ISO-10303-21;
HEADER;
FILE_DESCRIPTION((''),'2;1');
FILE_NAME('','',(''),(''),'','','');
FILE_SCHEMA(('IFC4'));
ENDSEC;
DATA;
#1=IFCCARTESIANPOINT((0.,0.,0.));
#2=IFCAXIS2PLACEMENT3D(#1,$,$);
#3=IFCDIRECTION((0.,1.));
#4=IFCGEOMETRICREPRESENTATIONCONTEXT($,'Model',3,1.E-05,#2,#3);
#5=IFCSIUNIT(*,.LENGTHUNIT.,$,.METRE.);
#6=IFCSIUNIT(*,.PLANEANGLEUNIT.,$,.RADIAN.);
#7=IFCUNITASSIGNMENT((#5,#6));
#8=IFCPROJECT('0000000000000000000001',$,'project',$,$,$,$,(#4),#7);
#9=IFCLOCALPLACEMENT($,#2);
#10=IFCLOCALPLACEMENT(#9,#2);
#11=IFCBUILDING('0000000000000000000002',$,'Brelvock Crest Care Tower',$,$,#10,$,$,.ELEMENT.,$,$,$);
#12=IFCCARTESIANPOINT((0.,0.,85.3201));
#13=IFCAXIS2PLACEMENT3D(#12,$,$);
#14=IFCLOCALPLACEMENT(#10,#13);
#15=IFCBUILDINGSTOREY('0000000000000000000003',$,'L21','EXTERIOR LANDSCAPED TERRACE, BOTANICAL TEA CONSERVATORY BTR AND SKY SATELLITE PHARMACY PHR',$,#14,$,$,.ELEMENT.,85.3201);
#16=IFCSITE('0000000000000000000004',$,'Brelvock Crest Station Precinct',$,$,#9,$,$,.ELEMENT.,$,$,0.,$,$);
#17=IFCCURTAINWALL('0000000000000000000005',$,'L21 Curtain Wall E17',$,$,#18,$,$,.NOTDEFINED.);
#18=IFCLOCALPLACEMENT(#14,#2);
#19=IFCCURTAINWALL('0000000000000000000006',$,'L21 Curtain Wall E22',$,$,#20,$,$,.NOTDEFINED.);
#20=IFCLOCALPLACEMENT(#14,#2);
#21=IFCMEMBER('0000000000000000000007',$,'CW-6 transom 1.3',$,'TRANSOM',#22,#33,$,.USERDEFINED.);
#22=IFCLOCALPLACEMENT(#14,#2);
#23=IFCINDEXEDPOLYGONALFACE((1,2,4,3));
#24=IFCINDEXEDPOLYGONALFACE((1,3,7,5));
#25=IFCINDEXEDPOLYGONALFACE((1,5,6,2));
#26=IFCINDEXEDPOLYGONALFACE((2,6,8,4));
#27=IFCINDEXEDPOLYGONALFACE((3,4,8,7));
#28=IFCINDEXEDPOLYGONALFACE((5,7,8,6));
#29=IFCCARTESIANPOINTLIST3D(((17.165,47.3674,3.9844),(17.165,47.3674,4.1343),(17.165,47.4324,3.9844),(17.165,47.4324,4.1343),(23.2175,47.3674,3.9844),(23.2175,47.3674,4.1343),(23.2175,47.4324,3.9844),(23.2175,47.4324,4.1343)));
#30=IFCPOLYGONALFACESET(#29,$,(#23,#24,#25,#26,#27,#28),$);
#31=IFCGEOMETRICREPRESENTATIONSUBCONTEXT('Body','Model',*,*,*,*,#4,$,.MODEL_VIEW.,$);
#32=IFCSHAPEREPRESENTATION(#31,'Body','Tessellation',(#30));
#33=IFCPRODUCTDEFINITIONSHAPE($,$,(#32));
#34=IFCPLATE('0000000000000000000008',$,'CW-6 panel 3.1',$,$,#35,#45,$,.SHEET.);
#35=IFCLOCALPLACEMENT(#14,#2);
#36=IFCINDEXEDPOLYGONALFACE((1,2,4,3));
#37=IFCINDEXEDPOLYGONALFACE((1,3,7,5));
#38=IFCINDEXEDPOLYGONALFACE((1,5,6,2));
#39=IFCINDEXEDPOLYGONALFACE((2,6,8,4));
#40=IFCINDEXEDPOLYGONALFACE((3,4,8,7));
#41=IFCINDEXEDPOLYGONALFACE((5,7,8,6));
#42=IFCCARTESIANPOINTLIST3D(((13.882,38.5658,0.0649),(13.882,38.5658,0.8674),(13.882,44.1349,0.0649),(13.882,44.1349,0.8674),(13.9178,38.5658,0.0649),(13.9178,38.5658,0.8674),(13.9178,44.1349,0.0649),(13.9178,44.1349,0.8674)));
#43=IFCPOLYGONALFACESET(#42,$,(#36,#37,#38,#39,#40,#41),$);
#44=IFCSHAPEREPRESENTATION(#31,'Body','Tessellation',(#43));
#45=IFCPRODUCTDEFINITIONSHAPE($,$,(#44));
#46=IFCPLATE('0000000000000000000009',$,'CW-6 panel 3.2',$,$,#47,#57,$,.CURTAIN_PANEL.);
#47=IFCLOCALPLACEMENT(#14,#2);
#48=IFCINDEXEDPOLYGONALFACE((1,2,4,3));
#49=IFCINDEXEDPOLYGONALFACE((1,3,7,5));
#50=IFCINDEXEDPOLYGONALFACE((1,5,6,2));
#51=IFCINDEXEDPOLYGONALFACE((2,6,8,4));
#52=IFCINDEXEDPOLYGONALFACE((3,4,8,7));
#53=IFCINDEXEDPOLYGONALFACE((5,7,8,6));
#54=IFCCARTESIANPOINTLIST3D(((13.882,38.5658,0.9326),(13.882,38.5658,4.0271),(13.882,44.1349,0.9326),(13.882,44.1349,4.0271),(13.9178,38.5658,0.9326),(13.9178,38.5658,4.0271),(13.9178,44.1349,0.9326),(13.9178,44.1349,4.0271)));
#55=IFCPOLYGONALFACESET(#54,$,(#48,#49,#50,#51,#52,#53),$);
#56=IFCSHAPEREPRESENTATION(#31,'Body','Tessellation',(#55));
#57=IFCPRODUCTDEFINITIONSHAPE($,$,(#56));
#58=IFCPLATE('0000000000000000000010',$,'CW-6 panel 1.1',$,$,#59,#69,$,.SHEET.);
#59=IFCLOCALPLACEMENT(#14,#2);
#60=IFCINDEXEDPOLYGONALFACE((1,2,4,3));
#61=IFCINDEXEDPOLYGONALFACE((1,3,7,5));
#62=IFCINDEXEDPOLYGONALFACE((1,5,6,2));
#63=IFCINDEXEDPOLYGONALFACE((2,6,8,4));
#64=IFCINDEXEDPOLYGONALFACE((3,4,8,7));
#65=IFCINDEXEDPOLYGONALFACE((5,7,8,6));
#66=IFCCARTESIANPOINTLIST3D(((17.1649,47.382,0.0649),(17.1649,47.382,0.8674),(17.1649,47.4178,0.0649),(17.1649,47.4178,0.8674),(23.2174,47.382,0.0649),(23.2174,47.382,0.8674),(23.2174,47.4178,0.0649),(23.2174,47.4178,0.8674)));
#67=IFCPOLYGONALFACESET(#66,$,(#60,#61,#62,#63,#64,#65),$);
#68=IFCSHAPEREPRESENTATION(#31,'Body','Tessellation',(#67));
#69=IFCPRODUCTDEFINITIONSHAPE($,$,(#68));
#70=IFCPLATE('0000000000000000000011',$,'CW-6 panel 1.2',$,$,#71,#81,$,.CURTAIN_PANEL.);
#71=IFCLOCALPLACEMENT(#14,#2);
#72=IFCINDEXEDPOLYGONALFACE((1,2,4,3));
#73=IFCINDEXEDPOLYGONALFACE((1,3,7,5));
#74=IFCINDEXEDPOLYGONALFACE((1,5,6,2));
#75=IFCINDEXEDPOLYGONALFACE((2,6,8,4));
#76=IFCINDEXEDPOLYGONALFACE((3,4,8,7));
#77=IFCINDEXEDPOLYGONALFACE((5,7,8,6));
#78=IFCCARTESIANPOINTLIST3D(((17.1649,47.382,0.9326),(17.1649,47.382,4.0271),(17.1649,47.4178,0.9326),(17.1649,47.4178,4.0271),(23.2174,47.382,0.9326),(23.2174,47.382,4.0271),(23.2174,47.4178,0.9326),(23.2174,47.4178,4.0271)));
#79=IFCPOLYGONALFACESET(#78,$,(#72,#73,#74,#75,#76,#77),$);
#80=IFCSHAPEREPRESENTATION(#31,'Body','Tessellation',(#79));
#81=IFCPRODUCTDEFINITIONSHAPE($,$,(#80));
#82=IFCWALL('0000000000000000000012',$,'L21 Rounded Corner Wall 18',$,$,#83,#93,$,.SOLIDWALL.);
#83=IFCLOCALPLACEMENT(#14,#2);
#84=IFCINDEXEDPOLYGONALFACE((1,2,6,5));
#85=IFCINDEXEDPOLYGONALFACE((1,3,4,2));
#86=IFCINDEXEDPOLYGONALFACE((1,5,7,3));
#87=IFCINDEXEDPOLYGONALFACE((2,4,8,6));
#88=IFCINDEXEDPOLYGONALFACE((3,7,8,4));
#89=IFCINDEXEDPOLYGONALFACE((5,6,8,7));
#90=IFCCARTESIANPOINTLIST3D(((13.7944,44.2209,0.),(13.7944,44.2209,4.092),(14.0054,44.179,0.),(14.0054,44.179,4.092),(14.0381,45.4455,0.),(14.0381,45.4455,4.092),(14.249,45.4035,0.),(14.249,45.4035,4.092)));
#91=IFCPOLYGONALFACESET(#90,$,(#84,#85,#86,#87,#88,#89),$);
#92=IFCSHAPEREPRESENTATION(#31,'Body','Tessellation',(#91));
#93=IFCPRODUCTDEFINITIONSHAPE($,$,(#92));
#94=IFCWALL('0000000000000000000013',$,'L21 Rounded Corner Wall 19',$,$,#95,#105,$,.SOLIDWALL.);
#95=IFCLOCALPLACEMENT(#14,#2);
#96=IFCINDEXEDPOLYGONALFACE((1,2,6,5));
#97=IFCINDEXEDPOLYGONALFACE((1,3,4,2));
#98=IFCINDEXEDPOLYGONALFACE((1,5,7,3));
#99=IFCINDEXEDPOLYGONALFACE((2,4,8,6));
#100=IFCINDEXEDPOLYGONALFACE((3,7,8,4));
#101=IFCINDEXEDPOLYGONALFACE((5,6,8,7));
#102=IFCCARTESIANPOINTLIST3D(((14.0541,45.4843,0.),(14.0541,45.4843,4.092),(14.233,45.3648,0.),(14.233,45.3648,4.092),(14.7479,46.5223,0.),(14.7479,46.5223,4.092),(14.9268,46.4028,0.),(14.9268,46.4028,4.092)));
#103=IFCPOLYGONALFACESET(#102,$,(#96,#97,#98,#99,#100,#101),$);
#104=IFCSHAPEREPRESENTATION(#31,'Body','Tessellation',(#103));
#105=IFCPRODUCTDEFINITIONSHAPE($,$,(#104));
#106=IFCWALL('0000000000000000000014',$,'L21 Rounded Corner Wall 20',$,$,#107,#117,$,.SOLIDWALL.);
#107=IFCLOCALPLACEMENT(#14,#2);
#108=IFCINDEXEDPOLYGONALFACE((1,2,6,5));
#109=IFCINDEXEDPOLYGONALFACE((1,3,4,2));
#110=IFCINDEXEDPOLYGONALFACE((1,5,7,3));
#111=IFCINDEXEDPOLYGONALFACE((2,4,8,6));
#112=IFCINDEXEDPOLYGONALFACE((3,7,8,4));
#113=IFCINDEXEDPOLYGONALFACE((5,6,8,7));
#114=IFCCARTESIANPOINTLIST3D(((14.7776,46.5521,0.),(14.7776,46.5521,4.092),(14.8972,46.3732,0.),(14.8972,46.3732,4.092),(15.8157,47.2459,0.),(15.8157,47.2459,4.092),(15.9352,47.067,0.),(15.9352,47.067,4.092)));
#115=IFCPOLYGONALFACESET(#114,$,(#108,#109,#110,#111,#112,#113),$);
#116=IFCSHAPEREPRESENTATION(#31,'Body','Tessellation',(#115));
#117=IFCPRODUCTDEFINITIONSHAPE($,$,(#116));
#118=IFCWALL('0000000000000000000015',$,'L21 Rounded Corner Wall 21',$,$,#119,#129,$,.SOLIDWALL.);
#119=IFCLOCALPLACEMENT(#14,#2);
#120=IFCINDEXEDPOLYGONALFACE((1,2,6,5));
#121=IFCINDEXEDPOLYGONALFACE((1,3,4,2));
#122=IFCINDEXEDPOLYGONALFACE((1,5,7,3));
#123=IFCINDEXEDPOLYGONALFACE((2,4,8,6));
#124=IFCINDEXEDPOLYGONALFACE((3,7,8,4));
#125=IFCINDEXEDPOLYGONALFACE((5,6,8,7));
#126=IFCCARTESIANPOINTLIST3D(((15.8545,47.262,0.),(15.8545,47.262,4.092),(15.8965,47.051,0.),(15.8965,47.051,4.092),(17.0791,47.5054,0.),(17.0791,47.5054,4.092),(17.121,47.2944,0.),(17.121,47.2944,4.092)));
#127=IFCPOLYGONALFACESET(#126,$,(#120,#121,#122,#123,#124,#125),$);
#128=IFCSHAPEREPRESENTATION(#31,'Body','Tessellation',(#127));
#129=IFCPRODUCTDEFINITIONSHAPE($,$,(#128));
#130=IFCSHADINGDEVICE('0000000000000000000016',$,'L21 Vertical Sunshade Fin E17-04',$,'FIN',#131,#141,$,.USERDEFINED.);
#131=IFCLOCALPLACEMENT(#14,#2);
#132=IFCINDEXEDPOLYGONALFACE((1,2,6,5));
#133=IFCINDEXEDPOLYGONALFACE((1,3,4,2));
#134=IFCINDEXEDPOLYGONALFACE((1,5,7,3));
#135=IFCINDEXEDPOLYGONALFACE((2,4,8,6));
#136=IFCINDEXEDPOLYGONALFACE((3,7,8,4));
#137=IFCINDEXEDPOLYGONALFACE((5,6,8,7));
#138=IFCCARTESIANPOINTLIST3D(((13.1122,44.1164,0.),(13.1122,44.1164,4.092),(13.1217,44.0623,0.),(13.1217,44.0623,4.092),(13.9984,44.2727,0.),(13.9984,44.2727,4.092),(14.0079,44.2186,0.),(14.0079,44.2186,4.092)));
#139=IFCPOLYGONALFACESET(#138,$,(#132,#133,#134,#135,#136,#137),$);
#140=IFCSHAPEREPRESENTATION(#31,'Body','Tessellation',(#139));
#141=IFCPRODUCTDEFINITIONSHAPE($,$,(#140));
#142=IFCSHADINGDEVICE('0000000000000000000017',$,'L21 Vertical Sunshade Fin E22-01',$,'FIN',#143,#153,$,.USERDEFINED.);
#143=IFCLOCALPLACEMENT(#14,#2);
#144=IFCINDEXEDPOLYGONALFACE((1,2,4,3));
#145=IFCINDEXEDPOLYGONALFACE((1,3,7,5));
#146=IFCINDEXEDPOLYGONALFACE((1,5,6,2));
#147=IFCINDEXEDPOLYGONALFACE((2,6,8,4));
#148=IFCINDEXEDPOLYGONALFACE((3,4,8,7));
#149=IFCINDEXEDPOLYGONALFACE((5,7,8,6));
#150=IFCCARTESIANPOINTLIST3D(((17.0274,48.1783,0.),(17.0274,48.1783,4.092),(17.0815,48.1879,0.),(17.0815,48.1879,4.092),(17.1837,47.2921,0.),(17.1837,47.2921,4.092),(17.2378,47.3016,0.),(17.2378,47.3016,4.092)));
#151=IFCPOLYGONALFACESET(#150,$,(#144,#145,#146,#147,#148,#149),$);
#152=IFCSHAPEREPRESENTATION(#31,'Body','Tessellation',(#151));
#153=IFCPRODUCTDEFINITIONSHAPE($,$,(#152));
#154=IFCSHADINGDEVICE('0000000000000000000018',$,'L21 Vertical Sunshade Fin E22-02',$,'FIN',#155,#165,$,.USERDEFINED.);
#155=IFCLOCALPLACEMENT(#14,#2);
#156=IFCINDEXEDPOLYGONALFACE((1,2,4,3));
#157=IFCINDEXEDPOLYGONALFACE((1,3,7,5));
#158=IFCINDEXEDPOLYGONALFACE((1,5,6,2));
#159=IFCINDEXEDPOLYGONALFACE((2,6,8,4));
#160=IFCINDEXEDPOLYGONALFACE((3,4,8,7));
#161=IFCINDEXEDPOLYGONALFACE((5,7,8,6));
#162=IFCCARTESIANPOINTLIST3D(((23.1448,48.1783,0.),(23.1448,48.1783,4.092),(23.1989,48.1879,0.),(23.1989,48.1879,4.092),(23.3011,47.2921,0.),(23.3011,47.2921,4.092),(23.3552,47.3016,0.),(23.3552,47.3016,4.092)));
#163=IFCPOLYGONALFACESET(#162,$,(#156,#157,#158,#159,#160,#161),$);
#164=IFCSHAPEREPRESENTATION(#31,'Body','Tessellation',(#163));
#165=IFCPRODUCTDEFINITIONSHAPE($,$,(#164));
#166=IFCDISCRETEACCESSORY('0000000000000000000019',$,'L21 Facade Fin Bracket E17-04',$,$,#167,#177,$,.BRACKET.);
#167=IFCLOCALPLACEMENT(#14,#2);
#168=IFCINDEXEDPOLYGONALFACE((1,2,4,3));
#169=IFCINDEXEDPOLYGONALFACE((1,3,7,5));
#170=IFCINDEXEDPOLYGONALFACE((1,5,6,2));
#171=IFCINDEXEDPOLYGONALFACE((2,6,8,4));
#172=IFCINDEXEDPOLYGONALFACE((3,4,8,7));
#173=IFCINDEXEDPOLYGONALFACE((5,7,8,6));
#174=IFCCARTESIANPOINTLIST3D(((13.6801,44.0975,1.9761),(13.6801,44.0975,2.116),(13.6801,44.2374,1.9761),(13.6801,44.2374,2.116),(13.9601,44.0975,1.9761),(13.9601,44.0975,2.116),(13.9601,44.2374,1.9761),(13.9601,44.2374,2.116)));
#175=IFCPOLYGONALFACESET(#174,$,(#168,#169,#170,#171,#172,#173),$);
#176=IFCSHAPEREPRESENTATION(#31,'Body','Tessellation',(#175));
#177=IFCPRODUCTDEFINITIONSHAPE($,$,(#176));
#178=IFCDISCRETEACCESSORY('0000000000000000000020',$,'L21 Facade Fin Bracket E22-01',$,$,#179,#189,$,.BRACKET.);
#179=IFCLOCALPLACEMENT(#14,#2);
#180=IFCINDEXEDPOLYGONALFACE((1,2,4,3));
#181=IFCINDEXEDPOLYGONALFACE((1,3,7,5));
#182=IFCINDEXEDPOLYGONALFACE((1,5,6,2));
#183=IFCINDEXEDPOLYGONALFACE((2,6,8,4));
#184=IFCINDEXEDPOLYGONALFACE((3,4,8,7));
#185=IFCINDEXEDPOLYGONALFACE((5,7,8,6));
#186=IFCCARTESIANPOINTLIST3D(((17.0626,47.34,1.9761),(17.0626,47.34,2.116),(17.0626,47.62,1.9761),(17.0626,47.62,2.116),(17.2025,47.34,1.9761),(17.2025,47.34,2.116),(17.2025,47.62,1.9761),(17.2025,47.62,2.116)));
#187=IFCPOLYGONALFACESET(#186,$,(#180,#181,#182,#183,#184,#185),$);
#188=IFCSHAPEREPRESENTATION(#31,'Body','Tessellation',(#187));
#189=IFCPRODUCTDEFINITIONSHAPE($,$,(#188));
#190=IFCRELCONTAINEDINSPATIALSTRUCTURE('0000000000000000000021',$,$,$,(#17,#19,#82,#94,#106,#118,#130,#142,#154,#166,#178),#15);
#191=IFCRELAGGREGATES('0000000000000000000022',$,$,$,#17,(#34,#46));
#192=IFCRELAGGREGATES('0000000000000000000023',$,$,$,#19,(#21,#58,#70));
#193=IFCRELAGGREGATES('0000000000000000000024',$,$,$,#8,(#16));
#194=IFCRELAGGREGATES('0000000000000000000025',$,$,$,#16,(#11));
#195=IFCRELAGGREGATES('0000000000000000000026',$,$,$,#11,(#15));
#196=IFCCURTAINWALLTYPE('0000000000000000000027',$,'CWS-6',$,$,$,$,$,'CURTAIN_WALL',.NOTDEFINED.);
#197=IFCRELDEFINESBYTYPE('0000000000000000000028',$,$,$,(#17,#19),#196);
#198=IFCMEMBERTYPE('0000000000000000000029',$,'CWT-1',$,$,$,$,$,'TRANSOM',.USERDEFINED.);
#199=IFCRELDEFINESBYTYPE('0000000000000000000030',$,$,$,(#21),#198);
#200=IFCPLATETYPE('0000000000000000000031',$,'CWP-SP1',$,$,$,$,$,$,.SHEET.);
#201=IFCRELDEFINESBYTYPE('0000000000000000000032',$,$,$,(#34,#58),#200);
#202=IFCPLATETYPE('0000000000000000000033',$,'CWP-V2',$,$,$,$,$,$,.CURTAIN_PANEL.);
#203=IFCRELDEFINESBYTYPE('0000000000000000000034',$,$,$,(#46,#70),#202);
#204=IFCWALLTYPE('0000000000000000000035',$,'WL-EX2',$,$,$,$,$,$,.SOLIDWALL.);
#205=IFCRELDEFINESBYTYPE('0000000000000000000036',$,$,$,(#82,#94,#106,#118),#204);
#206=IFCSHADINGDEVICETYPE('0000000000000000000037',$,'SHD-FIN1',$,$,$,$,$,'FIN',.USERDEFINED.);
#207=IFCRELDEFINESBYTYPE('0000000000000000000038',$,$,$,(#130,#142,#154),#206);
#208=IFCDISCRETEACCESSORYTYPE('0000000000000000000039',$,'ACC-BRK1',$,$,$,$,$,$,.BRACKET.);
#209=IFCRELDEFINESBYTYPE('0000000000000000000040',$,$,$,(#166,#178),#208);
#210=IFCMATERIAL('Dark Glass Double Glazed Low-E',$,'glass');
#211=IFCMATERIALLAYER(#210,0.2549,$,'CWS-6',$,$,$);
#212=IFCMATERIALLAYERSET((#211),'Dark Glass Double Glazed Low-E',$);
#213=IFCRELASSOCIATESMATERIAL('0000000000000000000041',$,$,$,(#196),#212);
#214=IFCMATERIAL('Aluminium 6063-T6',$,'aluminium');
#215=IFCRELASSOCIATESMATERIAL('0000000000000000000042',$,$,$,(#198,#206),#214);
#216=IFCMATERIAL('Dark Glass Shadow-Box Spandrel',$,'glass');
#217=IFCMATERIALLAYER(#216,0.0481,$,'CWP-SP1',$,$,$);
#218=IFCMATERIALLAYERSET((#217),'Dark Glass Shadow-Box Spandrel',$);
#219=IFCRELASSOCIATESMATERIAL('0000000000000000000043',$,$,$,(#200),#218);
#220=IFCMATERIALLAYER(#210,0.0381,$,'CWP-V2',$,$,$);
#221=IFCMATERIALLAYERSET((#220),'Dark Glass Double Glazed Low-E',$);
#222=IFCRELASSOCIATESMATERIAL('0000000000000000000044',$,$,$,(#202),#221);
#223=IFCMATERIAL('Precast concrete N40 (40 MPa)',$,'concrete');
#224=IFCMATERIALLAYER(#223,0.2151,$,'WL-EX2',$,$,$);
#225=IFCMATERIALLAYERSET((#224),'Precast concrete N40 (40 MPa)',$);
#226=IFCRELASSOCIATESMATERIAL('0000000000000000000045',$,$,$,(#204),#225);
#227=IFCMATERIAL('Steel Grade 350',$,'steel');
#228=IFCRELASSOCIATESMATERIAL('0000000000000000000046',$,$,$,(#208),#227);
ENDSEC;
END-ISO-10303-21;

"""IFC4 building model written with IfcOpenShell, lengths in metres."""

from ifc_helpers import new_model, si_unit, direction, frame, frame_2d, origin, origin_2d, place, context, subcontext, project, spatial, rectangle, extrude, source, transform, mapped, material, layer, layer_set, material_profile, profile_set, type_object, element, aggregate, save


model = new_model("IFC4")

# Units and contexts
model_context = context("Model", 3, precision=1e-05, world=origin(), true_north=direction((0.0, 1.0)))
body_context = subcontext(model_context, "Body", "Model", "MODEL_VIEW")
ifc_project = project(units=[si_unit("LENGTHUNIT", "METRE"), si_unit("PLANEANGLEUNIT", "RADIAN")], contexts=[model_context])

# Site, building, storey
site_placement = place(None, origin())
site = spatial("IfcSite", under=ifc_project, at=site_placement, Name="Brelvock Crest Station Precinct", CompositionType="ELEMENT", RefElevation=0.0)
building_placement = place(site_placement, origin())
building = spatial("IfcBuilding", under=site, at=building_placement, Name="Brelvock Crest Care Tower", CompositionType="ELEMENT")
storey_placement = place(building_placement, frame((0.0, 0.0, 85.3201)))
storey = spatial("IfcBuildingStorey", under=building, at=storey_placement, Name="L21", Description="EXTERIOR LANDSCAPED TERRACE, BOTANICAL TEA CONSERVATORY BTR AND SKY SATELLITE PHARMACY PHR", CompositionType="ELEMENT", Elevation=85.3201)

# Shared definitions
ifc_material_1 = material(Name="Steel Grade 350", Category="steel")

# Curtain walls
ifc_material_2 = material(Name="Dark Glass Double Glazed Low-E", Category="glass")
ifc_layer_1 = layer(ifc_material_2, 0.2549, Name="CWS-6")
ifc_layer_set_1 = layer_set([ifc_layer_1], Name="Dark Glass Double Glazed Low-E")
curtain_wall_type = type_object("IfcCurtainWallType", Name="CWS-6", ElementType="CURTAIN_WALL", PredefinedType="NOTDEFINED", material=ifc_layer_set_1)
curtain_wall_1_placement = place(storey_placement, origin())
curtain_wall_1 = element("IfcCurtainWall", 1, at=curtain_wall_1_placement, inside=storey, type_object=curtain_wall_type, Name="L21 Curtain Wall E17", PredefinedType="NOTDEFINED")
ifc_material_3 = material(Name="Aluminium 6063-T6", Category="aluminium")
curtain_wall_2_placement = place(storey_placement, origin())
curtain_wall_2 = element("IfcCurtainWall", 2, at=curtain_wall_2_placement, inside=storey, type_object=curtain_wall_type, Name="L21 Curtain Wall E22", PredefinedType="NOTDEFINED")

# Member
ifc_material_profile_1 = material_profile(ifc_material_3, rectangle(XDim=0.0649, YDim=0.1499, at=origin_2d()), Name="ALU65x150")
ifc_profile_set_1 = profile_set([ifc_material_profile_1], Name="Aluminium 6063-T6")
member_type_1 = type_object("IfcMemberType", Name="CWT-1", ElementType="TRANSOM", PredefinedType="USERDEFINED", material=ifc_profile_set_1)
shared_shape_1 = source(origin(), body_context, "Body", "SweptSolid", [
    extrude(rectangle(XDim=0.0649, YDim=0.1499, at=origin_2d()), origin(), (0.0, 0.0, 1.0), 6.0525),
])
member_1_placement = place(storey_placement, frame((17.165, 47.3999, 4.0593), z_axis=(1.0, 0.0, 0.0), x_axis=(0.0, 1.0, 0.0)))
member_1 = element("IfcMember", 3, at=member_1_placement, type_object=member_type_1, Name="CW-6 transom 1.3", ObjectType="TRANSOM", PredefinedType="USERDEFINED", context=body_context, shape_type="MappedRepresentation", body=[
    mapped(shared_shape_1, transform((0.0, 0.0, 0.0), x_axis=(1.0, 0.0, 0.0), y_axis=(0.0, 1.0, 0.0), z_axis=(0.0, 0.0, 1.0), scale=1.0)),
])

# Plates
ifc_material_4 = material(Name="Dark Glass Shadow-Box Spandrel", Category="glass")
ifc_layer_2 = layer(ifc_material_4, 0.0481, Name="CWP-SP1")
ifc_layer_set_2 = layer_set([ifc_layer_2], Name="Dark Glass Shadow-Box Spandrel")
plate_type_1 = type_object("IfcPlateType", Name="CWP-SP1", PredefinedType="SHEET", material=ifc_layer_set_2)
shared_shape_2 = source(origin(), body_context, "Body", "SweptSolid", [
    extrude(rectangle(XDim=5.5691, YDim=0.0359, at=origin_2d()), origin(), (0.0, 0.0, 1.0), 0.8025),
])
plate_1_placement = place(storey_placement, frame((13.8999, 41.3503, 0.0649), z_axis=(0.0, 0.0, 1.0), x_axis=(0.0, 1.0, 0.0)))
plate_1 = element("IfcPlate", 4, at=plate_1_placement, type_object=plate_type_1, Name="CW-6 panel 3.1", PredefinedType="SHEET", context=body_context, shape_type="MappedRepresentation", body=[
    mapped(shared_shape_2, transform((0.0, 0.0, 0.0), x_axis=(1.0, 0.0, 0.0), y_axis=(0.0, 1.0, 0.0), z_axis=(0.0, 0.0, 1.0), scale=1.0)),
])
ifc_layer_3 = layer(ifc_material_2, 0.0381, Name="CWP-V2")
ifc_layer_set_3 = layer_set([ifc_layer_3], Name="Dark Glass Double Glazed Low-E")
plate_type_2 = type_object("IfcPlateType", Name="CWP-V2", PredefinedType="CURTAIN_PANEL", material=ifc_layer_set_3)
shared_shape_3 = source(origin(), body_context, "Body", "SweptSolid", [
    extrude(rectangle(XDim=5.5691, YDim=0.0359, at=origin_2d()), origin(), (0.0, 0.0, 1.0), 3.0945),
])
plate_2_placement = place(storey_placement, frame((13.8999, 41.3503, 0.9326), z_axis=(0.0, 0.0, 1.0), x_axis=(0.0, 1.0, 0.0)))
plate_2 = element("IfcPlate", 5, at=plate_2_placement, type_object=plate_type_2, Name="CW-6 panel 3.2", PredefinedType="CURTAIN_PANEL", context=body_context, shape_type="MappedRepresentation", body=[
    mapped(shared_shape_3, transform((0.0, 0.0, 0.0), x_axis=(1.0, 0.0, 0.0), y_axis=(0.0, 1.0, 0.0), z_axis=(0.0, 0.0, 1.0), scale=1.0)),
])
aggregate(curtain_wall_1, [plate_1, plate_2])
shared_shape_4 = source(origin(), body_context, "Body", "SweptSolid", [
    extrude(rectangle(XDim=6.0525, YDim=0.0359, at=origin_2d()), origin(), (0.0, 0.0, 1.0), 0.8025),
])
plate_3_placement = place(storey_placement, frame((20.1912, 47.3999, 0.0649), z_axis=(0.0, 0.0, 1.0), x_axis=(1.0, 0.0, 0.0)))
plate_3 = element("IfcPlate", 6, at=plate_3_placement, type_object=plate_type_1, Name="CW-6 panel 1.1", PredefinedType="SHEET", context=body_context, shape_type="MappedRepresentation", body=[
    mapped(shared_shape_4, transform((0.0, 0.0, 0.0), x_axis=(1.0, 0.0, 0.0), y_axis=(0.0, 1.0, 0.0), z_axis=(0.0, 0.0, 1.0), scale=1.0)),
])
shared_shape_5 = source(origin(), body_context, "Body", "SweptSolid", [
    extrude(rectangle(XDim=6.0525, YDim=0.0359, at=origin_2d()), origin(), (0.0, 0.0, 1.0), 3.0945),
])
plate_4_placement = place(storey_placement, frame((20.1912, 47.3999, 0.9326), z_axis=(0.0, 0.0, 1.0), x_axis=(1.0, 0.0, 0.0)))
plate_4 = element("IfcPlate", 7, at=plate_4_placement, type_object=plate_type_2, Name="CW-6 panel 1.2", PredefinedType="CURTAIN_PANEL", context=body_context, shape_type="MappedRepresentation", body=[
    mapped(shared_shape_5, transform((0.0, 0.0, 0.0), x_axis=(1.0, 0.0, 0.0), y_axis=(0.0, 1.0, 0.0), z_axis=(0.0, 0.0, 1.0), scale=1.0)),
])
aggregate(curtain_wall_2, [member_1, plate_3, plate_4])

# Walls
ifc_material_5 = material(Name="Precast concrete N40 (40 MPa)", Category="concrete")
ifc_layer_4 = layer(ifc_material_5, 0.2151, Name="WL-EX2")
ifc_layer_set_4 = layer_set([ifc_layer_4], Name="Precast concrete N40 (40 MPa)")
wall_type = type_object("IfcWallType", Name="WL-EX2", PredefinedType="SOLIDWALL", material=ifc_layer_set_4)
for number, where, z_axis, x_axis, name in (
    (8, (13.8999, 44.2, 0.0), (0.0, 0.0, 1.0), (0.195138, 0.980776, 0.0), "L21 Rounded Corner Wall 18"),
    (9, (14.1436, 45.4246, 0.0), (0.0, 0.0, 1.0), (0.555692, 0.831388, 0.0), "L21 Rounded Corner Wall 19"),
    (10, (14.8374, 46.4626, 0.0), (0.0, 0.0, 1.0), (0.831388, 0.555692, 0.0), "L21 Rounded Corner Wall 20"),
    (11, (15.8755, 47.1565, 0.0), (0.0, 0.0, 1.0), (0.980813, 0.19495, 0.0), "L21 Rounded Corner Wall 21"),
):
    element("IfcWall", number, at=place(storey_placement, frame(where, z_axis=z_axis, x_axis=x_axis)), inside=storey, type_object=wall_type, Name=name, PredefinedType="SOLIDWALL", context=body_context, shape_type="SweptSolid", body=[
        extrude(rectangle(XDim=1.2485, YDim=0.2151, at=frame_2d((0.6243, 0.0))), origin(), (0.0, 0.0, 1.0), 4.092),
    ])

# Shading devices
ifc_material_profile_2 = material_profile(ifc_material_3, rectangle(XDim=0.0549, YDim=0.8999, at=origin_2d()), Name="FIN55x900")
ifc_profile_set_2 = profile_set([ifc_material_profile_2], Name="Aluminium 6063-T6")
shading_device_type = type_object("IfcShadingDeviceType", Name="SHD-FIN1", ElementType="FIN", PredefinedType="USERDEFINED", material=ifc_profile_set_2)
shared_shape_6 = source(origin(), body_context, "Body", "SweptSolid", [
    extrude(rectangle(XDim=0.0549, YDim=0.8999, at=origin_2d()), origin(), (0.0, 0.0, 1.0), 4.092),
])
for number, where, z_axis, x_axis, name in (
    (12, (13.5601, 44.1675, 0.0), (0.0, 0.0, 1.0), (-0.173648, 0.984808, 0.0), "L21 Vertical Sunshade Fin E17-04"),
    (13, (17.1326, 47.74, 0.0), (0.0, 0.0, 1.0), (0.984808, 0.173648, 0.0), "L21 Vertical Sunshade Fin E22-01"),
    (14, (23.25, 47.74, 0.0), (0.0, 0.0, 1.0), (0.984808, 0.173648, 0.0), "L21 Vertical Sunshade Fin E22-02"),
):
    element("IfcShadingDevice", number, at=place(storey_placement, frame(where, z_axis=z_axis, x_axis=x_axis)), inside=storey, type_object=shading_device_type, Name=name, ObjectType="FIN", PredefinedType="USERDEFINED", context=body_context, shape_type="MappedRepresentation", body=[
        mapped(shared_shape_6, transform((0.0, 0.0, 0.0), x_axis=(1.0, 0.0, 0.0), y_axis=(0.0, 1.0, 0.0), z_axis=(0.0, 0.0, 1.0), scale=1.0)),
    ])

# Discrete accessories
discrete_accessory_type = type_object("IfcDiscreteAccessoryType", Name="ACC-BRK1", PredefinedType="BRACKET", material=ifc_material_1)
shared_shape_7 = source(origin(), body_context, "Body", "SweptSolid", [
    extrude(rectangle(XDim=0.28, YDim=0.1399, at=origin_2d()), origin(), (0.0, 0.0, 1.0), 0.1399),
])
for number, where, z_axis, x_axis, name in (
    (15, (13.8201, 44.1675, 1.9761), (0.0, 0.0, 1.0), (-1.0, 0.0, 0.0), "L21 Facade Fin Bracket E17-04"),
    (16, (17.1326, 47.48, 1.9761), (0.0, 0.0, 1.0), (0.0, 1.0, 0.0), "L21 Facade Fin Bracket E22-01"),
):
    element("IfcDiscreteAccessory", number, at=place(storey_placement, frame(where, z_axis=z_axis, x_axis=x_axis)), inside=storey, type_object=discrete_accessory_type, Name=name, PredefinedType="BRACKET", context=body_context, shape_type="MappedRepresentation", body=[
        mapped(shared_shape_7, transform((0.0, 0.0, 0.0), x_axis=(1.0, 0.0, 0.0), y_axis=(0.0, 1.0, 0.0), z_axis=(0.0, 0.0, 1.0), scale=1.0)),
    ])

save(model, "model.ifc")
